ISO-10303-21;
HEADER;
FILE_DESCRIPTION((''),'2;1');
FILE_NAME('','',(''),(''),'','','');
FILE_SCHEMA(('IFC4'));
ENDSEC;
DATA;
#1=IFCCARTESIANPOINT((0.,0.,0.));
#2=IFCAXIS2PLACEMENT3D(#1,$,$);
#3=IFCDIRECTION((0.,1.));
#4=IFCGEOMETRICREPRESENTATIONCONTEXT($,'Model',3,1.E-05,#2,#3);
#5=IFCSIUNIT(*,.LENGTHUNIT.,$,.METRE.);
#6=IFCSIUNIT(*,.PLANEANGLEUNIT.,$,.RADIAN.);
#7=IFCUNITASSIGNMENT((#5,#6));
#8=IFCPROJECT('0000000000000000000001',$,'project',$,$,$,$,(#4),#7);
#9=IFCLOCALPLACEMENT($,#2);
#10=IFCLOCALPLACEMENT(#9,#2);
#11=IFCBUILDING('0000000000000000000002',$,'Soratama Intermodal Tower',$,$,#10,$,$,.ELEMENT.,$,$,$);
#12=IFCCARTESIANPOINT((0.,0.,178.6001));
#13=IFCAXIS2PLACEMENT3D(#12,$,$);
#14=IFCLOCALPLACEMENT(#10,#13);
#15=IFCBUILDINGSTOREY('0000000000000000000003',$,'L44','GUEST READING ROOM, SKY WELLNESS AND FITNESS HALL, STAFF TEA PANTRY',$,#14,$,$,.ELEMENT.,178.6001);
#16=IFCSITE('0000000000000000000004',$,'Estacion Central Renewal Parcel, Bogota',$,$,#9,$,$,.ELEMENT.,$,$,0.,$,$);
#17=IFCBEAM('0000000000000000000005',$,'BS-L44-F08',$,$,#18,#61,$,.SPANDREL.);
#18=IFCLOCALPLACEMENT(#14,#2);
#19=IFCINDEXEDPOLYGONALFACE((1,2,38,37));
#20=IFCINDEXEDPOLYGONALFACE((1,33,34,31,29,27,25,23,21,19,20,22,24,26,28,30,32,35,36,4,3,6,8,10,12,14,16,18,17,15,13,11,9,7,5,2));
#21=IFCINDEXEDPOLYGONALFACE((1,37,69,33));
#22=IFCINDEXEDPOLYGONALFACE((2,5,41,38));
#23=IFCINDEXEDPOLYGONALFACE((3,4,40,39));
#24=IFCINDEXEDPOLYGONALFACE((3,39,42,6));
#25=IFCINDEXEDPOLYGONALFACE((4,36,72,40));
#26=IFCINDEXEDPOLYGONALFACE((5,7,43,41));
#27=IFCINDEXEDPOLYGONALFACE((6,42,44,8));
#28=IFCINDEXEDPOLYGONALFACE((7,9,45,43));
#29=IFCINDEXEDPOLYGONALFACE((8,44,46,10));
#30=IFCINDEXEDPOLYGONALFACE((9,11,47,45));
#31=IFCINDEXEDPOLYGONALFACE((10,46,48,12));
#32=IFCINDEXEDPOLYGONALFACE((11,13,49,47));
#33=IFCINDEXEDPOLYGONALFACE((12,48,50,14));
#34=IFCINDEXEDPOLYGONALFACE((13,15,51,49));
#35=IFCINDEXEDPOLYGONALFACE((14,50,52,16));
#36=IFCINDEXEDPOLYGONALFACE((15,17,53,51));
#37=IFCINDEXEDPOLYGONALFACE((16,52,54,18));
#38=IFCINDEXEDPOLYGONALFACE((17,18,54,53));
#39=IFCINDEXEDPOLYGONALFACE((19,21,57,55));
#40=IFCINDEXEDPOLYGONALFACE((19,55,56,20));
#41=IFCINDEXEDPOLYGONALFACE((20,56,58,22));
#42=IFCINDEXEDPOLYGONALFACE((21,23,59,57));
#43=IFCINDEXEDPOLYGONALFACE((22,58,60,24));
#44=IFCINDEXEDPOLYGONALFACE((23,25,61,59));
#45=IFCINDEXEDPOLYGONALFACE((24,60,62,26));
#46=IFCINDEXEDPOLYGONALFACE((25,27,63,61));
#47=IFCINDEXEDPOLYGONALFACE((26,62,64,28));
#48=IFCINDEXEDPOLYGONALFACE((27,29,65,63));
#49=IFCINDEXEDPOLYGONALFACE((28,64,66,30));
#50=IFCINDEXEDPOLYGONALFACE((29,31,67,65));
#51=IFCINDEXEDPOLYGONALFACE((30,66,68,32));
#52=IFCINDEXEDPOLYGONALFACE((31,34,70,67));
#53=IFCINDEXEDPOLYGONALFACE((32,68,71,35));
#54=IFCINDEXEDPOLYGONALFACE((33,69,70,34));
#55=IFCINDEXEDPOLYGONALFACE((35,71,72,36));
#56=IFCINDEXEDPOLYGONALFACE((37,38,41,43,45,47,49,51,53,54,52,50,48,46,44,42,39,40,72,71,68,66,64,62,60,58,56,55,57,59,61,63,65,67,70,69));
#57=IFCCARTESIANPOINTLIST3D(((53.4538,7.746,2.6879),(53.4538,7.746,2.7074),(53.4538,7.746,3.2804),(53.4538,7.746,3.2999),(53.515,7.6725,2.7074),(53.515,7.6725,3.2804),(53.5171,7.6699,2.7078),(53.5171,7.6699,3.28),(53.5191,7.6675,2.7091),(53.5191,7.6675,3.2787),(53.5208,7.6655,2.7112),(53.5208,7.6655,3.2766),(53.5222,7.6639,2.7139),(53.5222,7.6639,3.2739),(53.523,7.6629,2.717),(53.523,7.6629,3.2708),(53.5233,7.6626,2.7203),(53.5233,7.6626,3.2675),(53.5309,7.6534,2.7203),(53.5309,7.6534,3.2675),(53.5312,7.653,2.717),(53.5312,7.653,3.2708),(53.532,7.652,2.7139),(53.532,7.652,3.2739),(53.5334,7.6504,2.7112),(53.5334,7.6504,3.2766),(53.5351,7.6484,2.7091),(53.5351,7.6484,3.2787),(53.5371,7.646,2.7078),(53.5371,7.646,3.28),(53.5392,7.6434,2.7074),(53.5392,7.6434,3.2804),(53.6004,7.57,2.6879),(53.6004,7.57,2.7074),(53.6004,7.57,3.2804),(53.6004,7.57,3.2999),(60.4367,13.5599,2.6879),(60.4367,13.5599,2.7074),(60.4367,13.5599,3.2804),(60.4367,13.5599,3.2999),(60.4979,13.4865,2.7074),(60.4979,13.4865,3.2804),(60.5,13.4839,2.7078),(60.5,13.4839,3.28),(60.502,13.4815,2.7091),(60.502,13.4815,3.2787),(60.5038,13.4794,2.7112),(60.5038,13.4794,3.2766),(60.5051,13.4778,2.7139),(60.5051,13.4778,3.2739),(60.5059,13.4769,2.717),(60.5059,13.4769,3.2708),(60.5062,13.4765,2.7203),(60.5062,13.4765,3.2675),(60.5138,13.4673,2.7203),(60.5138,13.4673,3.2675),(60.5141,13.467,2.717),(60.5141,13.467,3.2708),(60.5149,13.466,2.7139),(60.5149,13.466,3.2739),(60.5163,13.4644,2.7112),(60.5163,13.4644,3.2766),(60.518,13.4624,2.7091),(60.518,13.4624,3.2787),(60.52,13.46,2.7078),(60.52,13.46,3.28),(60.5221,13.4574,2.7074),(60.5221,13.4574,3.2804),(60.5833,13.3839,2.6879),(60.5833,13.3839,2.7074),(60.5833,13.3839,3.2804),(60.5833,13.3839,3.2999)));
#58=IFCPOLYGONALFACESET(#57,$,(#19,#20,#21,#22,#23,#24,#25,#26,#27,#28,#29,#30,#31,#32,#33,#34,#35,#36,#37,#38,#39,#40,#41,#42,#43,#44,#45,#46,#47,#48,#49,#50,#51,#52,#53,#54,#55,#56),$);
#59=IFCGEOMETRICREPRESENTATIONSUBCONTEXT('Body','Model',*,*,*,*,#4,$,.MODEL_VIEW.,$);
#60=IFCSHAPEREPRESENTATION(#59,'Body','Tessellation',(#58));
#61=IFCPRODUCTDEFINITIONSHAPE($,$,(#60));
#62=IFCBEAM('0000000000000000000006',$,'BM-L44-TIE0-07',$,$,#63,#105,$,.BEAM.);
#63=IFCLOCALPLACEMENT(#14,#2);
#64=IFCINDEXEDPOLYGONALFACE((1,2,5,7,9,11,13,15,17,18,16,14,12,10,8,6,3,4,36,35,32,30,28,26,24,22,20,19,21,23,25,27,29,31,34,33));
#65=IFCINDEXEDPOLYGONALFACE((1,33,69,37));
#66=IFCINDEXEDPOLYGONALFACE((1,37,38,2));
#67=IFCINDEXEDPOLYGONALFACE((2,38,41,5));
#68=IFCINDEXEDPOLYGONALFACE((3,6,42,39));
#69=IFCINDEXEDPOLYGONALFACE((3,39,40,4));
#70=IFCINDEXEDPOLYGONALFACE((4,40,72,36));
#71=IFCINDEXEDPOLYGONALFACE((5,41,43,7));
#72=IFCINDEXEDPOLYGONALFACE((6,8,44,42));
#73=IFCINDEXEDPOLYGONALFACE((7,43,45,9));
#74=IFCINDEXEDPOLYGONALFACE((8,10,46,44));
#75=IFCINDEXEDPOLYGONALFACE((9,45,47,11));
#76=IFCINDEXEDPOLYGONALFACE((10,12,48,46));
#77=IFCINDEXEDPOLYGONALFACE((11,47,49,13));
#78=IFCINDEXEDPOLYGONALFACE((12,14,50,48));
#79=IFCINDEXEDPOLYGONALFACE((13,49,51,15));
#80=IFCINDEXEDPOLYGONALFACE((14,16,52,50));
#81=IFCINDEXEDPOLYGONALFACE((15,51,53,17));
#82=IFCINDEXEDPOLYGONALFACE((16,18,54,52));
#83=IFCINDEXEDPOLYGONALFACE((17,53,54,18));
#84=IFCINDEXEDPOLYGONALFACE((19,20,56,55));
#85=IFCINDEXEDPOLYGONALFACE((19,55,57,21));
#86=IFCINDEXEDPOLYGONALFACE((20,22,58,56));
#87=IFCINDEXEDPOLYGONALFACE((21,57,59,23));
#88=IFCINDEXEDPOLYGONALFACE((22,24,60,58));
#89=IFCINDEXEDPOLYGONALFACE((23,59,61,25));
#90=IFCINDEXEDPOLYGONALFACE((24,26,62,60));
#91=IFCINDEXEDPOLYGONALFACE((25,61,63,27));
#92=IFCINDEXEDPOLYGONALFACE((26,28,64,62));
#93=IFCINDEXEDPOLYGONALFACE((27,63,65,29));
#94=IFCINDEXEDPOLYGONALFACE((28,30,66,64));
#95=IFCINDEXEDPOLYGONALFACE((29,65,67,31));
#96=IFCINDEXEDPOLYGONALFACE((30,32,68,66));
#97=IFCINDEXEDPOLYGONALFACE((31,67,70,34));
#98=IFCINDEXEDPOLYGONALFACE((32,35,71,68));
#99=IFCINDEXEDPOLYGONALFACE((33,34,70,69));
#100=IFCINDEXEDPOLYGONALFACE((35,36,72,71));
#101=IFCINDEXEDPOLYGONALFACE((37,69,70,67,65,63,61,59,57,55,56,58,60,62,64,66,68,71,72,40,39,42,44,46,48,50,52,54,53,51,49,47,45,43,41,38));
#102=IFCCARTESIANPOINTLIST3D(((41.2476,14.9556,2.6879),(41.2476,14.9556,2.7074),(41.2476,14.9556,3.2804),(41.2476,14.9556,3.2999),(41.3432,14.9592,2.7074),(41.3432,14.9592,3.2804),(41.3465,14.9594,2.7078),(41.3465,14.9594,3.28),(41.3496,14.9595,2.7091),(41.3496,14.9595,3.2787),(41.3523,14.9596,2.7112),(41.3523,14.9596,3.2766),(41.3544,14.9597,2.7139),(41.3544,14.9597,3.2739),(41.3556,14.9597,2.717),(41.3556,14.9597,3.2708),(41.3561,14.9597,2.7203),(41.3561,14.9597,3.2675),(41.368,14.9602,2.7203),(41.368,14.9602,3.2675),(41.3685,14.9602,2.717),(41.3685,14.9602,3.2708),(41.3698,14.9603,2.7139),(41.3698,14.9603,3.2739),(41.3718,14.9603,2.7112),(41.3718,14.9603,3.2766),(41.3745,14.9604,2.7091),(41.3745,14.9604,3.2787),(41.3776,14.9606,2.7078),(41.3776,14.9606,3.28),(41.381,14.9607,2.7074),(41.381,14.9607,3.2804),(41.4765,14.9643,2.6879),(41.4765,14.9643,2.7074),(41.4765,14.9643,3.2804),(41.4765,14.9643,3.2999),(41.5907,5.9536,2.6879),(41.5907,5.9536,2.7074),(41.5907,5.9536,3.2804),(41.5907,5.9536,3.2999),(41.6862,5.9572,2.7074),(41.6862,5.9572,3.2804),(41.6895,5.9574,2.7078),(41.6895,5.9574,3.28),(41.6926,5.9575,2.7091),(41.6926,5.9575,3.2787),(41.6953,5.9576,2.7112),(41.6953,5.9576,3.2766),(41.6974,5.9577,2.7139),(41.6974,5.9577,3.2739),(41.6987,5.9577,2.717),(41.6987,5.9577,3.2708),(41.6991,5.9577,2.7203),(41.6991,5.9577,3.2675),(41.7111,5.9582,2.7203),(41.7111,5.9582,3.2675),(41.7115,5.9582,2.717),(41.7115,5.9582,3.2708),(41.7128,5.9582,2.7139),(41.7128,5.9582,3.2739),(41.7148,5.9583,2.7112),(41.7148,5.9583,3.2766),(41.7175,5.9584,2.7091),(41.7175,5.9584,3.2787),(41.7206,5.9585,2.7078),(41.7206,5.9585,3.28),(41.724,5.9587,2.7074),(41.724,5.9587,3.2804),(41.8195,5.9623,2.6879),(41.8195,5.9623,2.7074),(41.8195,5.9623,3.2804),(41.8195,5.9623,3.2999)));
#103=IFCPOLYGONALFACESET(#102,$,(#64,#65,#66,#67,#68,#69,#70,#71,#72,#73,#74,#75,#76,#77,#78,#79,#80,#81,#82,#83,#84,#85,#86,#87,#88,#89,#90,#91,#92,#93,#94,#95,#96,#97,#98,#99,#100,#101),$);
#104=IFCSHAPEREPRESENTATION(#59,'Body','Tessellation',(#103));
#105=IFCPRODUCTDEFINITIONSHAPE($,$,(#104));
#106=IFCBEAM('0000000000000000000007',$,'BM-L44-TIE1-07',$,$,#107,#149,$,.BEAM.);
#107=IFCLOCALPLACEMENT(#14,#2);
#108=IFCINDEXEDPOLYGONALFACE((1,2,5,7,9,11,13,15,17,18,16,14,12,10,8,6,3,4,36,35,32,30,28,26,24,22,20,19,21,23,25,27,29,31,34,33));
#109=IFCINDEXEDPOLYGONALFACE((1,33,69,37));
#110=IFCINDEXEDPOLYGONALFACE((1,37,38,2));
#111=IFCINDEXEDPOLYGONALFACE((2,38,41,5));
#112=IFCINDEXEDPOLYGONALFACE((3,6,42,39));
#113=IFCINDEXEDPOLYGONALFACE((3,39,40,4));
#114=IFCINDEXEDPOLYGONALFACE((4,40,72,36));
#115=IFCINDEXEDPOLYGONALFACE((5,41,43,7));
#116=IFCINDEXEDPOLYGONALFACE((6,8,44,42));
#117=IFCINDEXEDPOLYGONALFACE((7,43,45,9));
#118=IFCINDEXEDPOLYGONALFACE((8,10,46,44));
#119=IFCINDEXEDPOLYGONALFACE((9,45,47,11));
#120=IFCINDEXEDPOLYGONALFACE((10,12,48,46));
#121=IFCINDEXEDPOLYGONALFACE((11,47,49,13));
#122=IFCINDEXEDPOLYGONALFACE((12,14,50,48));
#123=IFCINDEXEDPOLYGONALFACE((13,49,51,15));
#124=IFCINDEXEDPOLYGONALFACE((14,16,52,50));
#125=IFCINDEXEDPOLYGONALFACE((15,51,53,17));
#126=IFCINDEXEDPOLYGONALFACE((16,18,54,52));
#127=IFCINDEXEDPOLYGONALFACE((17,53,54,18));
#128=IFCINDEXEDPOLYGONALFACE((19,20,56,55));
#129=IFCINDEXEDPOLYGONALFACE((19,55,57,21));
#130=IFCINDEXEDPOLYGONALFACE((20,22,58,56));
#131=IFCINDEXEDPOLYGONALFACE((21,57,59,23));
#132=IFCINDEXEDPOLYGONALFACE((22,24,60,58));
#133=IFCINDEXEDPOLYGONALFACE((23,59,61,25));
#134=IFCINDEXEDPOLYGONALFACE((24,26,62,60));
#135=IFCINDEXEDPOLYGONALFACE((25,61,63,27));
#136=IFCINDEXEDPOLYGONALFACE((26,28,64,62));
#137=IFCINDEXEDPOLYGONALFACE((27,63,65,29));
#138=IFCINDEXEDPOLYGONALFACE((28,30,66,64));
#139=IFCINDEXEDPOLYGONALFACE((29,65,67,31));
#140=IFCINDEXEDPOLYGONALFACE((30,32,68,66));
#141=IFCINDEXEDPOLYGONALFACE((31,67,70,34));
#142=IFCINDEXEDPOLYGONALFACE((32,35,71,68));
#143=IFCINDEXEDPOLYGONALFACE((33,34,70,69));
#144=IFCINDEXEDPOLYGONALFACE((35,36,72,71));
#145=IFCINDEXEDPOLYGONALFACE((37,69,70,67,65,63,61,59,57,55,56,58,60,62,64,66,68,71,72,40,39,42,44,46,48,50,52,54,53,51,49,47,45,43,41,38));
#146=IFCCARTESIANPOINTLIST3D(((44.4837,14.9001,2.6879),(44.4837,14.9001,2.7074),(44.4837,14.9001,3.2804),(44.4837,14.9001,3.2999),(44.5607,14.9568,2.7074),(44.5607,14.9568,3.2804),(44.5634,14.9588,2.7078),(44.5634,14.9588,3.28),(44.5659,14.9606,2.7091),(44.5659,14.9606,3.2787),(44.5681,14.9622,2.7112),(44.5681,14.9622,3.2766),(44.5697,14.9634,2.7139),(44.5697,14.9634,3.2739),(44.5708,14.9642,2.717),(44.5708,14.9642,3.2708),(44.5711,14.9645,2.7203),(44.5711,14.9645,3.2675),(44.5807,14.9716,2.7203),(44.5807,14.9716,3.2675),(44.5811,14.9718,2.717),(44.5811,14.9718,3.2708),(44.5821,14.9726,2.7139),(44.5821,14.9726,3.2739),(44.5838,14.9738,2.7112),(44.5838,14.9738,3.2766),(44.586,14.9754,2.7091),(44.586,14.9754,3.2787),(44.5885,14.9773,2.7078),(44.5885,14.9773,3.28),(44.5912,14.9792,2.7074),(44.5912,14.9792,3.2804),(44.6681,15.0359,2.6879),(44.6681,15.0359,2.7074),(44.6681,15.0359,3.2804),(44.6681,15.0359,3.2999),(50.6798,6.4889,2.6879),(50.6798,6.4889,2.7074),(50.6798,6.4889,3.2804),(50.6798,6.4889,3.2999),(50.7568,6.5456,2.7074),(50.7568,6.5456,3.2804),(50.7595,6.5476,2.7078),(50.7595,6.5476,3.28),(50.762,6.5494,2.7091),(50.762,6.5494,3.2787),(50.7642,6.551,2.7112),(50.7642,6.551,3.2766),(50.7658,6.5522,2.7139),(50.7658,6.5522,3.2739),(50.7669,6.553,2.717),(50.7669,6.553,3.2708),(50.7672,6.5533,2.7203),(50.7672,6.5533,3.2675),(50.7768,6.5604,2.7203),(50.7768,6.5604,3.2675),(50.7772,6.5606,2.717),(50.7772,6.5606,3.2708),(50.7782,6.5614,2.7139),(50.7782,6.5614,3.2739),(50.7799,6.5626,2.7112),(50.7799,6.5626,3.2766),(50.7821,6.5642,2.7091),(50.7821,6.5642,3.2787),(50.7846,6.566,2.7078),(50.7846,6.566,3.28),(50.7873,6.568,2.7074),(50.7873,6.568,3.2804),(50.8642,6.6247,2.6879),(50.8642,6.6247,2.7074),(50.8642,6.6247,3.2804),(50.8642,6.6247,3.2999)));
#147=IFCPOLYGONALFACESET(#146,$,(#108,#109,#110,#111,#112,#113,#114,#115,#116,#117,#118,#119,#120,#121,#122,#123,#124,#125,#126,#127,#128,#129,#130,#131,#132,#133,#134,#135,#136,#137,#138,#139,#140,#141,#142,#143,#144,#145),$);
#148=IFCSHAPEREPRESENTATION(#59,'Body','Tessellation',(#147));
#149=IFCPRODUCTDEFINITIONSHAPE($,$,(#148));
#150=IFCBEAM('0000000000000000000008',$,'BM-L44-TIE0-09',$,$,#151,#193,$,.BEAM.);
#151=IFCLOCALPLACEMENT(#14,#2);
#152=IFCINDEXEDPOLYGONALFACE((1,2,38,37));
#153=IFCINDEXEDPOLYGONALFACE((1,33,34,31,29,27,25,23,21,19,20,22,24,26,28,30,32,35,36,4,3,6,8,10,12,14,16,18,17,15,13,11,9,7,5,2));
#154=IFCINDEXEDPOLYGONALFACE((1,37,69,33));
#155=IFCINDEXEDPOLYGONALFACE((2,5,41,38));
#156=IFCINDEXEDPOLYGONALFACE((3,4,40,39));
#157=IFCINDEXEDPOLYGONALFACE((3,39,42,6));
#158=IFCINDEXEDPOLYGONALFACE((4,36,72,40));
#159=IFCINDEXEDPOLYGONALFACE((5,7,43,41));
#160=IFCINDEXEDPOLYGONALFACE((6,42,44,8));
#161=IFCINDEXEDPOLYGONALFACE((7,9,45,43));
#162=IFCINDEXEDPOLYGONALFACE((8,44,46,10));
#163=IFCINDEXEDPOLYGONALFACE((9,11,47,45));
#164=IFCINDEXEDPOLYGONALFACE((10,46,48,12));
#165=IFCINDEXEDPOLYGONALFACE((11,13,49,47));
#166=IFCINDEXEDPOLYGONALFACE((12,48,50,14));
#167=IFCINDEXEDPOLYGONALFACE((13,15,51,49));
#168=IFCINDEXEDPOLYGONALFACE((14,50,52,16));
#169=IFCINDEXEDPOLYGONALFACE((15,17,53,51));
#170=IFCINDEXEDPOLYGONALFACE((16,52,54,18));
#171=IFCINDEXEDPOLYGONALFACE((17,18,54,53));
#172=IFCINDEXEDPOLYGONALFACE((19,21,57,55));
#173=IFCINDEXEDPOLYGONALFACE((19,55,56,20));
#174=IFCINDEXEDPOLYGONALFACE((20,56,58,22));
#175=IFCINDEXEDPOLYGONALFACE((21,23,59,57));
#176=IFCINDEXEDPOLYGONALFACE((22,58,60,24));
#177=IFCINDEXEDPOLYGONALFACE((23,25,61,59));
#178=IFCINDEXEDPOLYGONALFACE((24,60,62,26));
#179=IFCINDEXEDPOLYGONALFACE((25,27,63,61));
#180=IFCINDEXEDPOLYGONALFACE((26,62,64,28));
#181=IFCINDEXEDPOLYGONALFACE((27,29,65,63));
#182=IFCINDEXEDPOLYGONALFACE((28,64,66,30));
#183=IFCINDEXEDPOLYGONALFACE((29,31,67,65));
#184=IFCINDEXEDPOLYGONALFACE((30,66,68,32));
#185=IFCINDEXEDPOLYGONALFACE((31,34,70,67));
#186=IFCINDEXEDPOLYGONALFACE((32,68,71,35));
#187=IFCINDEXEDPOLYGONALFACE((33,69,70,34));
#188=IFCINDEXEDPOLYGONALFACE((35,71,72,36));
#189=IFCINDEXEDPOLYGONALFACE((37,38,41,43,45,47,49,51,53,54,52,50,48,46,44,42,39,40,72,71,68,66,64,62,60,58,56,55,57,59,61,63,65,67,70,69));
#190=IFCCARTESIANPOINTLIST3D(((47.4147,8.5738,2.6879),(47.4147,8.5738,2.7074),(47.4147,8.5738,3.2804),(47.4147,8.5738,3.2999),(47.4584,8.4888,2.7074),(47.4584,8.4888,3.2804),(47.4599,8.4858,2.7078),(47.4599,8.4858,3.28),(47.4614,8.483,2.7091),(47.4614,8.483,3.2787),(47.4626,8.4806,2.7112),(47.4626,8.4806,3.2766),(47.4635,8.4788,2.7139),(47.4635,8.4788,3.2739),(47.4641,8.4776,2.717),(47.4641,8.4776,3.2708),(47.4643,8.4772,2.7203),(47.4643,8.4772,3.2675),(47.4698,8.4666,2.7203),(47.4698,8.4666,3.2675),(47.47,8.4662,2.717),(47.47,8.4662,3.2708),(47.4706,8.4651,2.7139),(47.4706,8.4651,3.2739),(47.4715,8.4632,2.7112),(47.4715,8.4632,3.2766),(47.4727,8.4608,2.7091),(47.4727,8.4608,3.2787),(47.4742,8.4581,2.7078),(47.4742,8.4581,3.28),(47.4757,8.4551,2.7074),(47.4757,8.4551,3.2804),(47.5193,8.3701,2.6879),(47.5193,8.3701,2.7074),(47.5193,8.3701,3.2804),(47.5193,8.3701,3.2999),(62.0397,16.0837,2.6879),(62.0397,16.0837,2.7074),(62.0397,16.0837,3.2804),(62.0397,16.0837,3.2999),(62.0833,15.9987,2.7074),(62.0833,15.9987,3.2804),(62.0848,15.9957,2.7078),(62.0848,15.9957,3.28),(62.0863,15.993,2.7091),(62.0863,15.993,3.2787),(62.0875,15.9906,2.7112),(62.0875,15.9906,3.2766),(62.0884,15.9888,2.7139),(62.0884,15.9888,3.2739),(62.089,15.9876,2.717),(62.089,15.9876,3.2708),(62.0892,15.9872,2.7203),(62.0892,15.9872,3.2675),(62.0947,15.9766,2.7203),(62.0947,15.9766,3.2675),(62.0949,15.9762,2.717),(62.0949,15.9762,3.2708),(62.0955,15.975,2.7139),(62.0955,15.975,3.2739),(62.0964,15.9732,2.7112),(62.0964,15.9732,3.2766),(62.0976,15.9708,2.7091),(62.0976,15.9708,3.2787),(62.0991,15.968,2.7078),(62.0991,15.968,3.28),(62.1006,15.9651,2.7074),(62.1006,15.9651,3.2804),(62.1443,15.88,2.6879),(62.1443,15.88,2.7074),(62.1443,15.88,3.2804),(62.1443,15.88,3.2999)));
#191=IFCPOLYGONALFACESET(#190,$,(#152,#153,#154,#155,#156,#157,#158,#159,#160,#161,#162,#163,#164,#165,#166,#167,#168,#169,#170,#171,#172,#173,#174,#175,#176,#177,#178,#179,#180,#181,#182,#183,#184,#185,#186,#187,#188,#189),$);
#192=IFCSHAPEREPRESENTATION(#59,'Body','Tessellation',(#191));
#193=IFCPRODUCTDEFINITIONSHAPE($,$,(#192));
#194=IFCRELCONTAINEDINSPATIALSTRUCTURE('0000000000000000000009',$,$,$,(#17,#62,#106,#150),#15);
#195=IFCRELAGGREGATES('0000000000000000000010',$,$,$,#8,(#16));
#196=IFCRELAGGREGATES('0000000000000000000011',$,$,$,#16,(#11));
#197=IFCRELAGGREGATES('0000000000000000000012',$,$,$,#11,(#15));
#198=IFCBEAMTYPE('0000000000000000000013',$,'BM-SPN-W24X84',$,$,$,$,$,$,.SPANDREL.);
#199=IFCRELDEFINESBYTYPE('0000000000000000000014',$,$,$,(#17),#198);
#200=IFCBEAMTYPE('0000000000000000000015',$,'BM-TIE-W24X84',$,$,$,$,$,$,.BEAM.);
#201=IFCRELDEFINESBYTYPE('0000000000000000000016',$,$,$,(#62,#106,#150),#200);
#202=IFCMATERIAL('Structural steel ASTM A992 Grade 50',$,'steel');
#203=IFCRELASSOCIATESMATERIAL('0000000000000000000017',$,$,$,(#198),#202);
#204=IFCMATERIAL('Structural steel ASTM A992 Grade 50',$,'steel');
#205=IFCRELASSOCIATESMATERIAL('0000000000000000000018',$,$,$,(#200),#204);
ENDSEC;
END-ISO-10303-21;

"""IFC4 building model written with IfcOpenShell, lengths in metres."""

from ifc_helpers import new_model, si_unit, direction, frame, origin, origin_2d, place, context, subcontext, project, spatial, i_section, extrude, material, material_profile, profile_set, type_object, element, save


model = new_model("IFC4")

# Units and contexts
model_context = context("Model", 3, precision=1e-05, world=origin(), true_north=direction((0.0, 1.0)))
body_context = subcontext(model_context, "Body", "Model", "MODEL_VIEW")
ifc_project = project(units=[si_unit("LENGTHUNIT", "METRE"), si_unit("PLANEANGLEUNIT", "RADIAN")], contexts=[model_context])

# Site, building, storey
site_placement = place(None, origin())
site = spatial("IfcSite", under=ifc_project, at=site_placement, Name="Estacion Central Renewal Parcel, Bogota", CompositionType="ELEMENT", RefElevation=0.0)
building_placement = place(site_placement, origin())
building = spatial("IfcBuilding", under=site, at=building_placement, Name="Soratama Intermodal Tower", CompositionType="ELEMENT")
storey_placement = place(building_placement, frame((0.0, 0.0, 178.6001)))
storey = spatial("IfcBuildingStorey", under=building, at=storey_placement, Name="L44", Description="GUEST READING ROOM, SKY WELLNESS AND FITNESS HALL, STAFF TEA PANTRY", CompositionType="ELEMENT", Elevation=178.6001)

# Beams
ifc_material_1 = material(Name="Structural steel ASTM A992 Grade 50", Category="steel")
ifc_material_profile_1 = material_profile(ifc_material_1, i_section(OverallWidth=0.229, OverallDepth=0.6121, WebThickness=0.012, FlangeThickness=0.0195, FilletRadius=0.0129, at=origin_2d()), Name="W24X84")
ifc_profile_set_1 = profile_set([ifc_material_profile_1], Name="Structural steel ASTM A992 Grade 50")
beam_type_1 = type_object("IfcBeamType", Name="BM-SPN-W24X84", PredefinedType="SPANDREL", material=ifc_profile_set_1)
beam_1_placement = place(storey_placement, frame((53.5271, 7.658, 2.9939), z_axis=(0.768499, 0.639851, 0.0), x_axis=(-0.639851, 0.768499, 0.0)))
element("IfcBeam", 1, at=beam_1_placement, inside=storey, type_object=beam_type_1, Name="BS-L44-F08", PredefinedType="SPANDREL", context=body_context, shape_type="SweptSolid", body=[
    extrude(i_section(OverallWidth=0.229, OverallDepth=0.6121, WebThickness=0.012, FlangeThickness=0.0195, FilletRadius=0.0129, at=origin_2d()), origin(), (0.0, 0.0, 1.0), 9.0864),
])
ifc_material_2 = material(Name="Structural steel ASTM A992 Grade 50", Category="steel")
ifc_material_profile_2 = material_profile(ifc_material_2, i_section(OverallWidth=0.229, OverallDepth=0.6121, WebThickness=0.012, FlangeThickness=0.0195, FilletRadius=0.0129, at=origin_2d()), Name="W24X84")
ifc_profile_set_2 = profile_set([ifc_material_profile_2], Name="Structural steel ASTM A992 Grade 50")
beam_type_2 = type_object("IfcBeamType", Name="BM-TIE-W24X84", PredefinedType="BEAM", material=ifc_profile_set_2)
beam_2_placement = place(storey_placement, frame((41.3621, 14.96, 2.9939), z_axis=(0.038077, -0.999275, 0.0), x_axis=(0.999275, 0.038077, 0.0)))
element("IfcBeam", 2, at=beam_2_placement, inside=storey, type_object=beam_type_2, Name="BM-L44-TIE0-07", PredefinedType="BEAM", context=body_context, shape_type="SweptSolid", body=[
    extrude(i_section(OverallWidth=0.229, OverallDepth=0.6121, WebThickness=0.012, FlangeThickness=0.0195, FilletRadius=0.0129, at=origin_2d()), origin(), (0.0, 0.0, 1.0), 9.0085),
])
beam_3_placement = place(storey_placement, frame((44.5759, 14.968, 2.9939), z_axis=(0.593098, -0.80513, 0.0), x_axis=(0.80513, 0.593098, 0.0)))
element("IfcBeam", 3, at=beam_3_placement, inside=storey, type_object=beam_type_2, Name="BM-L44-TIE1-07", PredefinedType="BEAM", context=body_context, shape_type="SweptSolid", body=[
    extrude(i_section(OverallWidth=0.229, OverallDepth=0.6121, WebThickness=0.012, FlangeThickness=0.0195, FilletRadius=0.0129, at=origin_2d()), origin(), (0.0, 0.0, 1.0), 10.447),
])
beam_4_placement = place(storey_placement, frame((47.467, 8.4719, 2.9939), z_axis=(0.88957, 0.456799, 0.0), x_axis=(-0.456799, 0.88957, 0.0)))
element("IfcBeam", 4, at=beam_4_placement, inside=storey, type_object=beam_type_2, Name="BM-L44-TIE0-09", PredefinedType="BEAM", context=body_context, shape_type="SweptSolid", body=[
    extrude(i_section(OverallWidth=0.229, OverallDepth=0.6121, WebThickness=0.012, FlangeThickness=0.0195, FilletRadius=0.0129, at=origin_2d()), origin(), (0.0, 0.0, 1.0), 16.4404),
])

save(model, "model.ifc")
